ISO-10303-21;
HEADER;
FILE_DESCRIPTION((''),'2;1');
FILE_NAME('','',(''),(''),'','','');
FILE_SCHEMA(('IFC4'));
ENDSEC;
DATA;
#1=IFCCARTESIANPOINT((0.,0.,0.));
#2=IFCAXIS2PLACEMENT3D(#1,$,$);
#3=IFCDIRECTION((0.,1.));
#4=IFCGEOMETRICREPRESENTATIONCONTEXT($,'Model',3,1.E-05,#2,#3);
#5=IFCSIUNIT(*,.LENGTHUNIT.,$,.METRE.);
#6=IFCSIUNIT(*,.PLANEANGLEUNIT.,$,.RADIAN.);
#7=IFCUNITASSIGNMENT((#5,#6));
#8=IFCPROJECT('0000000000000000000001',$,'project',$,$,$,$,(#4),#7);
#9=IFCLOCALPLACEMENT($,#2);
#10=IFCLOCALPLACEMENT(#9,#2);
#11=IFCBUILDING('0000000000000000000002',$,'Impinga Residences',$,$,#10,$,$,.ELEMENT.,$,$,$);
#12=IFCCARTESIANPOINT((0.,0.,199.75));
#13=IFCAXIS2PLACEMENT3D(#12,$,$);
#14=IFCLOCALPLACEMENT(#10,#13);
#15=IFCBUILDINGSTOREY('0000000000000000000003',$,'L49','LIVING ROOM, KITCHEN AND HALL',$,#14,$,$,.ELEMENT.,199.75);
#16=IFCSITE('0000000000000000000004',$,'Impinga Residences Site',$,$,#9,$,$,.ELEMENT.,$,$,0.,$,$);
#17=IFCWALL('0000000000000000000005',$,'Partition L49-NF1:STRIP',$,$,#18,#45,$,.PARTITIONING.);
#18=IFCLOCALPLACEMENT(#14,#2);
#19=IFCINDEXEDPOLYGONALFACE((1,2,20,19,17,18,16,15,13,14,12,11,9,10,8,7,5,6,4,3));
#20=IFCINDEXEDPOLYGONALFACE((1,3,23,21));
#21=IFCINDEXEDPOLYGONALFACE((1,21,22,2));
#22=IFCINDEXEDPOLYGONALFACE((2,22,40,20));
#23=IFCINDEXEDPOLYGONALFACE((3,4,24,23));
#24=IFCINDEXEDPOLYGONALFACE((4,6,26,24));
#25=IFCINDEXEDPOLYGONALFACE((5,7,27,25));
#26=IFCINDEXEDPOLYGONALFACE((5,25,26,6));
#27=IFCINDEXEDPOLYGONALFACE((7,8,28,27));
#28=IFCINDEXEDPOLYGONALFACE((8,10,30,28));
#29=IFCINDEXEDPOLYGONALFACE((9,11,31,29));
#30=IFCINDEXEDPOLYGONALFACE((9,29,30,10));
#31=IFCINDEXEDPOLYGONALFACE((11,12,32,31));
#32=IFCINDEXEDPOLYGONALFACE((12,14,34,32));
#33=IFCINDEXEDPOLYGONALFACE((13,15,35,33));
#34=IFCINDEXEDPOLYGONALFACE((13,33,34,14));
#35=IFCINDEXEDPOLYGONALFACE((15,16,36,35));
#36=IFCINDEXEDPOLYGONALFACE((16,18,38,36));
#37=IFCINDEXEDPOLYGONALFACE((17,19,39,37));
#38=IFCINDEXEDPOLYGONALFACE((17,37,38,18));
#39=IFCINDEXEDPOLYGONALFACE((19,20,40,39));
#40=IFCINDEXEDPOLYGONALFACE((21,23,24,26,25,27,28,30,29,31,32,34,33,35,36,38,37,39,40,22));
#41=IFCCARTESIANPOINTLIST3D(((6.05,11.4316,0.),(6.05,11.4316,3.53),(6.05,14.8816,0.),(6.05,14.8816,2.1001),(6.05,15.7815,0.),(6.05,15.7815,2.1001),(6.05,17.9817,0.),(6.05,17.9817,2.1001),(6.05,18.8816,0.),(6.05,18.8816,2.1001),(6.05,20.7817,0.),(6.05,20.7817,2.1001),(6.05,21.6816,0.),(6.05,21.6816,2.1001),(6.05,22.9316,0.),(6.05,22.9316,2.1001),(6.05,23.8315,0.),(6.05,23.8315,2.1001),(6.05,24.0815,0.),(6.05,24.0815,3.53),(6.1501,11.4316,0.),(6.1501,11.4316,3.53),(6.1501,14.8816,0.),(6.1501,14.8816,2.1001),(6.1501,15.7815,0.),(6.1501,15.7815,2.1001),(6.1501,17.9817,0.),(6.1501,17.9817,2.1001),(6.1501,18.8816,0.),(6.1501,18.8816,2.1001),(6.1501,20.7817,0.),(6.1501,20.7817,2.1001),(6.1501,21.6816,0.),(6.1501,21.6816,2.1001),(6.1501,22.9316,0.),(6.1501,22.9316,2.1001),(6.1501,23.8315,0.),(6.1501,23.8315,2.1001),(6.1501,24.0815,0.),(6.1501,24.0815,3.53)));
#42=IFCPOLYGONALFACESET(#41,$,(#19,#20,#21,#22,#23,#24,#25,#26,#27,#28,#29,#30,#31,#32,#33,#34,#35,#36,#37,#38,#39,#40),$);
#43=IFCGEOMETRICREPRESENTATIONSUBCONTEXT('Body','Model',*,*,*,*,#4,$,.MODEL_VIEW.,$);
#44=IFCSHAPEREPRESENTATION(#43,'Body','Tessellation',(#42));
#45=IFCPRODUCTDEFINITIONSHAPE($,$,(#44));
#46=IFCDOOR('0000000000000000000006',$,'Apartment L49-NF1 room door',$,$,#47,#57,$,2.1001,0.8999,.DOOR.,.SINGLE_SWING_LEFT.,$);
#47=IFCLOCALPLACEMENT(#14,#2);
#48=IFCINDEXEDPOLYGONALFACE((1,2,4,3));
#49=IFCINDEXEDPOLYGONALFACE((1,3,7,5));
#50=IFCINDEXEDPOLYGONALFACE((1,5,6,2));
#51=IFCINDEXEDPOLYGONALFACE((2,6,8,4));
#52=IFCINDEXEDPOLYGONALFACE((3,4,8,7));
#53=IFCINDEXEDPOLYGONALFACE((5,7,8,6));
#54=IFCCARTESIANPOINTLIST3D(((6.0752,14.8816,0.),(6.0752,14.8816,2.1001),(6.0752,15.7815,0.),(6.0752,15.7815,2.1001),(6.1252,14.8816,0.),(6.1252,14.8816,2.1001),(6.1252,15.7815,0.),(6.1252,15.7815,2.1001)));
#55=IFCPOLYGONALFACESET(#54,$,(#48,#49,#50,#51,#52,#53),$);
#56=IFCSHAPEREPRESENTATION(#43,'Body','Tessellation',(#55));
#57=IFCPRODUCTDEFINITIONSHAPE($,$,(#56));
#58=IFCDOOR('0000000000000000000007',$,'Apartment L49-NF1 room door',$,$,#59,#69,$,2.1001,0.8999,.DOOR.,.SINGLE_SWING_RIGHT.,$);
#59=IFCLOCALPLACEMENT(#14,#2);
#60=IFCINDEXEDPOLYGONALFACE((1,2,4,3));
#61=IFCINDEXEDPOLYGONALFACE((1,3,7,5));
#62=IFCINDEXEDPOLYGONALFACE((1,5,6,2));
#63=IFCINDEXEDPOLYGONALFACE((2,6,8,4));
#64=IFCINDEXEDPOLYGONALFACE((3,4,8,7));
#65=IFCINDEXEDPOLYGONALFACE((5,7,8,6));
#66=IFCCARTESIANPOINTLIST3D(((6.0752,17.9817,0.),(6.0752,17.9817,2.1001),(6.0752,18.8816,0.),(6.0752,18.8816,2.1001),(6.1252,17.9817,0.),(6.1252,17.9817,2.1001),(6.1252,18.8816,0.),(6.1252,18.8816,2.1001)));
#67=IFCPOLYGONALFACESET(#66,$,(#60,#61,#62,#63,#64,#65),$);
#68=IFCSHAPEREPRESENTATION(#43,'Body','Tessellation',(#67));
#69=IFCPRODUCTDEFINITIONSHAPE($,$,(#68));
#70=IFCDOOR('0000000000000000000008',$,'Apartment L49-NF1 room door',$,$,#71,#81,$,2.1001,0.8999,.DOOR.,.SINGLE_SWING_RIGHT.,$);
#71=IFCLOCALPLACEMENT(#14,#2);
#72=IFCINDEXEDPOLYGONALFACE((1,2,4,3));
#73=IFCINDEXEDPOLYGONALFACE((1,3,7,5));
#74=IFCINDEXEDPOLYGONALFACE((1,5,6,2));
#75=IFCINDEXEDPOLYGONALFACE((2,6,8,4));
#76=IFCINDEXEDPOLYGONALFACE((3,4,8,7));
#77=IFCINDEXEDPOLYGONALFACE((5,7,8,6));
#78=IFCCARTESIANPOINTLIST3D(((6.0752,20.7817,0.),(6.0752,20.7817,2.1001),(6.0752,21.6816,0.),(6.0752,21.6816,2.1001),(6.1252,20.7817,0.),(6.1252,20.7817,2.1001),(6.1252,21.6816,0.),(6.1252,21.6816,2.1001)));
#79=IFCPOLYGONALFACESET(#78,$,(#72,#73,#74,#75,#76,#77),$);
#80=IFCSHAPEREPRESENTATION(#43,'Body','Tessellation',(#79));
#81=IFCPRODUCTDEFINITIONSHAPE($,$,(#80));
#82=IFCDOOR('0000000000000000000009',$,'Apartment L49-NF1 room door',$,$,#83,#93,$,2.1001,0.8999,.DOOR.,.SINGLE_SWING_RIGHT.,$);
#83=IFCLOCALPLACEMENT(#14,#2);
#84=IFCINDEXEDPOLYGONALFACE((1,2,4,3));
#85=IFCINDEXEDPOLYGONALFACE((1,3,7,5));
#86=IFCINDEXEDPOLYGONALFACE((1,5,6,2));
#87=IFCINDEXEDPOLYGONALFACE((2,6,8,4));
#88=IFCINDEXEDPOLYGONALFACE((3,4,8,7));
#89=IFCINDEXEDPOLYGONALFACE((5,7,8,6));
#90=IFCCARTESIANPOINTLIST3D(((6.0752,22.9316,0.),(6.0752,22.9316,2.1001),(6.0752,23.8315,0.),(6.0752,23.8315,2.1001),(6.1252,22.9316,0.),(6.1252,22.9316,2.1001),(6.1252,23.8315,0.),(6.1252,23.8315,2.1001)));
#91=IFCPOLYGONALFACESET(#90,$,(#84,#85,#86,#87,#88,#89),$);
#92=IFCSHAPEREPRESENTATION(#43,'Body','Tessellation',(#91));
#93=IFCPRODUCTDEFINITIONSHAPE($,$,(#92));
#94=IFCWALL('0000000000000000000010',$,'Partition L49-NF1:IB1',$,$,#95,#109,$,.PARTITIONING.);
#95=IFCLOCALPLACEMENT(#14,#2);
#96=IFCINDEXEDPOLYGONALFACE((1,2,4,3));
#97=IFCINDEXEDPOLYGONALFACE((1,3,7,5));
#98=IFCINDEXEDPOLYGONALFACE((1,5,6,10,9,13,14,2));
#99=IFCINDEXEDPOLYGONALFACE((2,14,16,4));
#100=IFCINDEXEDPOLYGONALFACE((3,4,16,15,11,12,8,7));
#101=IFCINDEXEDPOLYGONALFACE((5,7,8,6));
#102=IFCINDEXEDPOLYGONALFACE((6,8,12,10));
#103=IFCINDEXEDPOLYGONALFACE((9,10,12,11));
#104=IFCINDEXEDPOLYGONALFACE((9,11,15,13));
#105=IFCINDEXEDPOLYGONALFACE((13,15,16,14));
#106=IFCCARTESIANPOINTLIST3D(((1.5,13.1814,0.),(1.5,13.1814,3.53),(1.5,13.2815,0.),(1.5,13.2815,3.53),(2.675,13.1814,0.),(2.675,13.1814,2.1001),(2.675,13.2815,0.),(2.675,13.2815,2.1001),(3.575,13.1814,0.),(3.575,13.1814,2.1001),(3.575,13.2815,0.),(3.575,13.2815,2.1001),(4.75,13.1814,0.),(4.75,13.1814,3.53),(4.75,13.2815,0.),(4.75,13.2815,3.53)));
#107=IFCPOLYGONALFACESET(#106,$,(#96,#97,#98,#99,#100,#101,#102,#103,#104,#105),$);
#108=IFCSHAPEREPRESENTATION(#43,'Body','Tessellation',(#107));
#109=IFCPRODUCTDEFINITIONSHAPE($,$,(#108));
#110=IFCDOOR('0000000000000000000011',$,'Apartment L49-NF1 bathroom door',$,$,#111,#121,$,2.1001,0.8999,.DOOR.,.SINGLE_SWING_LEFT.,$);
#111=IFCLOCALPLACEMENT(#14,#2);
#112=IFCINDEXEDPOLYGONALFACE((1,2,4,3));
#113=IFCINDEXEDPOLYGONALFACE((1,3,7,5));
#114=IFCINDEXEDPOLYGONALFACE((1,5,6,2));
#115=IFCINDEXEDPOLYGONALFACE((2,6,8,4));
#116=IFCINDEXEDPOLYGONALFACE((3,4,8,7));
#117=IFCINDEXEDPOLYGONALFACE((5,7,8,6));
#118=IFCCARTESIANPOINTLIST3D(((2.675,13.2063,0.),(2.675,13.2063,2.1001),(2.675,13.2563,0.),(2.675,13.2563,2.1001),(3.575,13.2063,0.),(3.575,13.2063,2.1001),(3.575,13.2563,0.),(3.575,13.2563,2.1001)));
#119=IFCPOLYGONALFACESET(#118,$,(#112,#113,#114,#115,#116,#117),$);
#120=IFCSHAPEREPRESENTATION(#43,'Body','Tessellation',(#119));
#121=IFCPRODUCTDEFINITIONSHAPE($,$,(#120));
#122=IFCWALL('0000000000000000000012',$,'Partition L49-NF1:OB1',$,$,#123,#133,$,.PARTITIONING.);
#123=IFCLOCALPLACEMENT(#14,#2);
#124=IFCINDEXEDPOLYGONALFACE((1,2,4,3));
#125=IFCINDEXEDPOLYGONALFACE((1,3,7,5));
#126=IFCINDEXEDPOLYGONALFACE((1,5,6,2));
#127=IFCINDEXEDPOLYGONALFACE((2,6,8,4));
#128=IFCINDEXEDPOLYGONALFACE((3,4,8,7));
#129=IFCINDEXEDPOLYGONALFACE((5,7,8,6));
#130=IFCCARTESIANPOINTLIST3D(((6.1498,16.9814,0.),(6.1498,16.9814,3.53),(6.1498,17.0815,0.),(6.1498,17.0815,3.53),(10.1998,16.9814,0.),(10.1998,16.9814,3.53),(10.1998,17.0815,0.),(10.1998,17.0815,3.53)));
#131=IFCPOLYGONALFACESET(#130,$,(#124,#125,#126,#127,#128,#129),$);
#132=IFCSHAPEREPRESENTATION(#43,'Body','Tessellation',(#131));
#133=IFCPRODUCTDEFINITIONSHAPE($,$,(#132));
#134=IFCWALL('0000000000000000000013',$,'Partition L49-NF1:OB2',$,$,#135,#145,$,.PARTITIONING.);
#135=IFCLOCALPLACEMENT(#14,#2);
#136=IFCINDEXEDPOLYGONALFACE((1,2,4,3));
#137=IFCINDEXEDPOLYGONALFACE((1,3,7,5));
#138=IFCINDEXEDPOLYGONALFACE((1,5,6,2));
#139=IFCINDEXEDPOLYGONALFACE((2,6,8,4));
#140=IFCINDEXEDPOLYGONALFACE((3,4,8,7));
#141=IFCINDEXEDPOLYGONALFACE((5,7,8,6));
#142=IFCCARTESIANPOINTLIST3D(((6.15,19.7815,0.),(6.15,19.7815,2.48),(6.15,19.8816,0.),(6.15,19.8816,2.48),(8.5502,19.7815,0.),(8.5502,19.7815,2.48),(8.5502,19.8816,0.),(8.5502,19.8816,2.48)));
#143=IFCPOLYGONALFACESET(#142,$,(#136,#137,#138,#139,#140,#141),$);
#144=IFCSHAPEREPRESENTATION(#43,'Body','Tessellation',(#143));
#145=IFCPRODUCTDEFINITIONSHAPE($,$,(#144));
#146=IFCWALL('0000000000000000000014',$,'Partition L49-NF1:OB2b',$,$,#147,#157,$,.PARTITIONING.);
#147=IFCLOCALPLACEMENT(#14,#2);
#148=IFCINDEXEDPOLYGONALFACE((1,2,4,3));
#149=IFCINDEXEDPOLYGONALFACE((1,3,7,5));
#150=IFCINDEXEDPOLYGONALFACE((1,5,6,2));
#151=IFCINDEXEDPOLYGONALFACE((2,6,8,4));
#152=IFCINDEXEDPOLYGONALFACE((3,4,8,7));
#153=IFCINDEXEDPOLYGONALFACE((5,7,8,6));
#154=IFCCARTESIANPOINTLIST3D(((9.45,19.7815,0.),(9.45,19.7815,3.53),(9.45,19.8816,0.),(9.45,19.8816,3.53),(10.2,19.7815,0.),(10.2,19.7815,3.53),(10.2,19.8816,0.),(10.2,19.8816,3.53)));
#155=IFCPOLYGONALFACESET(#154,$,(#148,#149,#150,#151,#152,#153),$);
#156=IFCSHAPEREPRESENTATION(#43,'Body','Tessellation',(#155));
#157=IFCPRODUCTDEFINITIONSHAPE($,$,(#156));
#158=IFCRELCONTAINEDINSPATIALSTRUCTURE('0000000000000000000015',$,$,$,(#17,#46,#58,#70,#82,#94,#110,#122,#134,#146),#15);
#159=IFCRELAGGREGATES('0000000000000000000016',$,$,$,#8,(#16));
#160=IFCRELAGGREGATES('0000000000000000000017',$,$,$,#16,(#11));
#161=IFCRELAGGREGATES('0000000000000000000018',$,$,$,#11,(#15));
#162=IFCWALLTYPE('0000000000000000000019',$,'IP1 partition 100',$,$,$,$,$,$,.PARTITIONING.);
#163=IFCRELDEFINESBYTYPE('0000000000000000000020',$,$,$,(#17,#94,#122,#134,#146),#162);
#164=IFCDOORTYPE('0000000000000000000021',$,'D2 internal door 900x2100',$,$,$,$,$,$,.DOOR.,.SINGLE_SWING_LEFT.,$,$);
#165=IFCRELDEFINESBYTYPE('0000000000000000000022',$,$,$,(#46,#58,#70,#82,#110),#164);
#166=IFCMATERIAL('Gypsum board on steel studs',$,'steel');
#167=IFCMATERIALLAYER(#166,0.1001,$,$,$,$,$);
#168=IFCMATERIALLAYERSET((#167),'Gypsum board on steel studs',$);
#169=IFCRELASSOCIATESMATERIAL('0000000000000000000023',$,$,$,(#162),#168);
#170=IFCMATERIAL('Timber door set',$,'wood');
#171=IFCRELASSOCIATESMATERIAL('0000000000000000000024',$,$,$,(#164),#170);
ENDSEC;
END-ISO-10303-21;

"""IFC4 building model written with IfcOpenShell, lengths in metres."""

from ifc_helpers import new_model, si_unit, direction, frame, frame_2d, origin, place, context, subcontext, project, spatial, rectangle, extrude, material, layer, layer_set, type_object, element, fill, save


model = new_model("IFC4")

# Units and contexts
model_context = context("Model", 3, precision=1e-05, world=origin(), true_north=direction((0.0, 1.0)))
body_context = subcontext(model_context, "Body", "Model", "MODEL_VIEW")
ifc_project = project(units=[si_unit("LENGTHUNIT", "METRE"), si_unit("PLANEANGLEUNIT", "RADIAN")], contexts=[model_context])

# Site, building, storey
site_placement = place(None, origin())
site = spatial("IfcSite", under=ifc_project, at=site_placement, Name="Impinga Residences Site", CompositionType="ELEMENT", RefElevation=0.0)
building_placement = place(site_placement, origin())
building = spatial("IfcBuilding", under=site, at=building_placement, Name="Impinga Residences", CompositionType="ELEMENT")
storey_placement = place(building_placement, frame((0.0, 0.0, 199.75)))
storey = spatial("IfcBuildingStorey", under=building, at=storey_placement, Name="L49", Description="LIVING ROOM, KITCHEN AND HALL", CompositionType="ELEMENT", Elevation=199.75)

# Shared definitions
ifc_material_1 = material(Name="Timber door set", Category="wood")

# Shared definitions
ifc_material_2 = material(Name="Gypsum board on steel studs", Category="steel")
ifc_layer_1 = layer(ifc_material_2, 0.1001)
ifc_layer_set_1 = layer_set([ifc_layer_1], Name="Gypsum board on steel studs")
wall_type_1 = type_object("IfcWallType", Name="IP1 partition 100", PredefinedType="PARTITIONING", material=ifc_layer_set_1)

# Wall, openings, doors
wall_1_placement = place(storey_placement, frame((6.1001, 11.4316, 0.0), z_axis=(0.0, 0.0, 1.0), x_axis=(0.0, 1.0, 0.0)))
wall_1 = element("IfcWall", 1, at=wall_1_placement, inside=storey, type_object=wall_type_1, Name="Partition L49-NF1:STRIP", PredefinedType="PARTITIONING", context=body_context, shape_type="SweptSolid", body=[
    extrude(rectangle(XDim=12.6499, YDim=0.1001, at=frame_2d((6.325, 0.0))), origin(), (0.0, 0.0, 1.0), 3.53),
])
opening_1_placement = place(wall_1_placement, frame((3.45, 0.0, 0.0)))
opening_1 = element("IfcOpeningElement", 2, at=opening_1_placement, cuts=wall_1, PredefinedType="OPENING", context=body_context, shape_type="SweptSolid", body=[
    extrude(rectangle(XDim=0.8999, YDim=2.1001, at=frame_2d((0.45, 1.05))), frame((0.0, 0.0601, 0.0), z_axis=(0.0, -1.0, 0.0), x_axis=(1.0, 0.0, 0.0)), (0.0, 0.0, 1.0), 0.1201),
])
opening_2_placement = place(wall_1_placement, frame((6.55, 0.0, 0.0)))
opening_2 = element("IfcOpeningElement", 3, at=opening_2_placement, cuts=wall_1, PredefinedType="OPENING", context=body_context, shape_type="SweptSolid", body=[
    extrude(rectangle(XDim=0.8999, YDim=2.1001, at=frame_2d((0.45, 1.05))), frame((0.0, 0.0601, 0.0), z_axis=(0.0, -1.0, 0.0), x_axis=(1.0, 0.0, 0.0)), (0.0, 0.0, 1.0), 0.1201),
])
opening_3_placement = place(wall_1_placement, frame((9.3501, 0.0, 0.0)))
opening_3 = element("IfcOpeningElement", 4, at=opening_3_placement, cuts=wall_1, PredefinedType="OPENING", context=body_context, shape_type="SweptSolid", body=[
    extrude(rectangle(XDim=0.8999, YDim=2.1001, at=frame_2d((0.45, 1.05))), frame((0.0, 0.0601, 0.0), z_axis=(0.0, -1.0, 0.0), x_axis=(1.0, 0.0, 0.0)), (0.0, 0.0, 1.0), 0.1201),
])
opening_4_placement = place(wall_1_placement, frame((11.5, 0.0, 0.0)))
opening_4 = element("IfcOpeningElement", 5, at=opening_4_placement, cuts=wall_1, PredefinedType="OPENING", context=body_context, shape_type="SweptSolid", body=[
    extrude(rectangle(XDim=0.8999, YDim=2.1001, at=frame_2d((0.45, 1.05))), frame((0.0, 0.0601, 0.0), z_axis=(0.0, -1.0, 0.0), x_axis=(1.0, 0.0, 0.0)), (0.0, 0.0, 1.0), 0.1201),
])
door_type_1 = type_object("IfcDoorType", Name="D2 internal door 900x2100", OperationType="SINGLE_SWING_LEFT", PredefinedType="DOOR", material=ifc_material_1)
door_1_placement = place(opening_1_placement, origin())
door_1 = element("IfcDoor", 6, at=door_1_placement, inside=storey, type_object=door_type_1, Name="Apartment L49-NF1 room door", OperationType="SINGLE_SWING_LEFT", OverallHeight=2.1001, OverallWidth=0.8999, PredefinedType="DOOR", context=body_context, shape_type="SweptSolid", body=[
    extrude(rectangle(XDim=0.8999, YDim=2.1001, at=frame_2d((0.45, 1.05))), frame((0.0, 0.0249, 0.0), z_axis=(0.0, -1.0, 0.0), x_axis=(1.0, 0.0, 0.0)), (0.0, 0.0, 1.0), 0.05),
])
fill(opening_1, door_1)
door_2_placement = place(opening_2_placement, origin())
door_2 = element("IfcDoor", 7, at=door_2_placement, inside=storey, type_object=door_type_1, Name="Apartment L49-NF1 room door", OperationType="SINGLE_SWING_RIGHT", OverallHeight=2.1001, OverallWidth=0.8999, PredefinedType="DOOR", context=body_context, shape_type="SweptSolid", body=[
    extrude(rectangle(XDim=0.8999, YDim=2.1001, at=frame_2d((0.45, 1.05))), frame((0.0, 0.0249, 0.0), z_axis=(0.0, -1.0, 0.0), x_axis=(1.0, 0.0, 0.0)), (0.0, 0.0, 1.0), 0.05),
])
fill(opening_2, door_2)
door_3_placement = place(opening_3_placement, origin())
door_3 = element("IfcDoor", 8, at=door_3_placement, inside=storey, type_object=door_type_1, Name="Apartment L49-NF1 room door", OperationType="SINGLE_SWING_RIGHT", OverallHeight=2.1001, OverallWidth=0.8999, PredefinedType="DOOR", context=body_context, shape_type="SweptSolid", body=[
    extrude(rectangle(XDim=0.8999, YDim=2.1001, at=frame_2d((0.45, 1.05))), frame((0.0, 0.0249, 0.0), z_axis=(0.0, -1.0, 0.0), x_axis=(1.0, 0.0, 0.0)), (0.0, 0.0, 1.0), 0.05),
])
fill(opening_3, door_3)
door_4_placement = place(opening_4_placement, origin())
door_4 = element("IfcDoor", 9, at=door_4_placement, inside=storey, type_object=door_type_1, Name="Apartment L49-NF1 room door", OperationType="SINGLE_SWING_RIGHT", OverallHeight=2.1001, OverallWidth=0.8999, PredefinedType="DOOR", context=body_context, shape_type="SweptSolid", body=[
    extrude(rectangle(XDim=0.8999, YDim=2.1001, at=frame_2d((0.45, 1.05))), frame((0.0, 0.0249, 0.0), z_axis=(0.0, -1.0, 0.0), x_axis=(1.0, 0.0, 0.0)), (0.0, 0.0, 1.0), 0.05),
])
fill(opening_4, door_4)

# Wall, opening, door
wall_2_placement = place(storey_placement, frame((1.5, 13.2314, 0.0), z_axis=(0.0, 0.0, 1.0), x_axis=(1.0, 0.0, 0.0)))
wall_2 = element("IfcWall", 10, at=wall_2_placement, inside=storey, type_object=wall_type_1, Name="Partition L49-NF1:IB1", PredefinedType="PARTITIONING", context=body_context, shape_type="SweptSolid", body=[
    extrude(rectangle(XDim=3.25, YDim=0.1001, at=frame_2d((1.625, 0.0))), origin(), (0.0, 0.0, 1.0), 3.53),
])
opening_5_placement = place(wall_2_placement, frame((1.175, 0.0, 0.0)))
opening_5 = element("IfcOpeningElement", 11, at=opening_5_placement, cuts=wall_2, PredefinedType="OPENING", context=body_context, shape_type="SweptSolid", body=[
    extrude(rectangle(XDim=0.8999, YDim=2.1001, at=frame_2d((0.45, 1.05))), frame((0.0, 0.0601, 0.0), z_axis=(0.0, -1.0, 0.0), x_axis=(1.0, 0.0, 0.0)), (0.0, 0.0, 1.0), 0.1201),
])
door_5_placement = place(opening_5_placement, origin())
door_5 = element("IfcDoor", 12, at=door_5_placement, inside=storey, type_object=door_type_1, Name="Apartment L49-NF1 bathroom door", OperationType="SINGLE_SWING_LEFT", OverallHeight=2.1001, OverallWidth=0.8999, PredefinedType="DOOR", context=body_context, shape_type="SweptSolid", body=[
    extrude(rectangle(XDim=0.8999, YDim=2.1001, at=frame_2d((0.45, 1.05))), frame((0.0, 0.0249, 0.0), z_axis=(0.0, -1.0, 0.0), x_axis=(1.0, 0.0, 0.0)), (0.0, 0.0, 1.0), 0.05),
])
fill(opening_5, door_5)

# Walls
wall_3_placement = place(storey_placement, frame((6.1499, 17.0315, 0.0), z_axis=(0.0, 0.0, 1.0), x_axis=(1.0, 0.0, 0.0)))
element("IfcWall", 13, at=wall_3_placement, inside=storey, type_object=wall_type_1, Name="Partition L49-NF1:OB1", PredefinedType="PARTITIONING", context=body_context, shape_type="SweptSolid", body=[
    extrude(rectangle(XDim=4.05, YDim=0.1001, at=frame_2d((2.0249, 0.0))), origin(), (0.0, 0.0, 1.0), 3.53),
])
wall_4_placement = place(storey_placement, frame((6.1499, 19.8315, 0.0), z_axis=(0.0, 0.0, 1.0), x_axis=(1.0, 0.0, 0.0)))
element("IfcWall", 14, at=wall_4_placement, inside=storey, type_object=wall_type_1, Name="Partition L49-NF1:OB2", PredefinedType="PARTITIONING", context=body_context, shape_type="SweptSolid", body=[
    extrude(rectangle(XDim=2.4001, YDim=0.1001, at=frame_2d((1.2002, 0.0))), origin(), (0.0, 0.0, 1.0), 2.48),
])
wall_5_placement = place(storey_placement, frame((9.45, 19.8315, 0.0), z_axis=(0.0, 0.0, 1.0), x_axis=(1.0, 0.0, 0.0)))
element("IfcWall", 15, at=wall_5_placement, inside=storey, type_object=wall_type_1, Name="Partition L49-NF1:OB2b", PredefinedType="PARTITIONING", context=body_context, shape_type="SweptSolid", body=[
    extrude(rectangle(XDim=0.75, YDim=0.1001, at=frame_2d((0.375, 0.0))), origin(), (0.0, 0.0, 1.0), 3.53),
])

save(model, "model.ifc")
